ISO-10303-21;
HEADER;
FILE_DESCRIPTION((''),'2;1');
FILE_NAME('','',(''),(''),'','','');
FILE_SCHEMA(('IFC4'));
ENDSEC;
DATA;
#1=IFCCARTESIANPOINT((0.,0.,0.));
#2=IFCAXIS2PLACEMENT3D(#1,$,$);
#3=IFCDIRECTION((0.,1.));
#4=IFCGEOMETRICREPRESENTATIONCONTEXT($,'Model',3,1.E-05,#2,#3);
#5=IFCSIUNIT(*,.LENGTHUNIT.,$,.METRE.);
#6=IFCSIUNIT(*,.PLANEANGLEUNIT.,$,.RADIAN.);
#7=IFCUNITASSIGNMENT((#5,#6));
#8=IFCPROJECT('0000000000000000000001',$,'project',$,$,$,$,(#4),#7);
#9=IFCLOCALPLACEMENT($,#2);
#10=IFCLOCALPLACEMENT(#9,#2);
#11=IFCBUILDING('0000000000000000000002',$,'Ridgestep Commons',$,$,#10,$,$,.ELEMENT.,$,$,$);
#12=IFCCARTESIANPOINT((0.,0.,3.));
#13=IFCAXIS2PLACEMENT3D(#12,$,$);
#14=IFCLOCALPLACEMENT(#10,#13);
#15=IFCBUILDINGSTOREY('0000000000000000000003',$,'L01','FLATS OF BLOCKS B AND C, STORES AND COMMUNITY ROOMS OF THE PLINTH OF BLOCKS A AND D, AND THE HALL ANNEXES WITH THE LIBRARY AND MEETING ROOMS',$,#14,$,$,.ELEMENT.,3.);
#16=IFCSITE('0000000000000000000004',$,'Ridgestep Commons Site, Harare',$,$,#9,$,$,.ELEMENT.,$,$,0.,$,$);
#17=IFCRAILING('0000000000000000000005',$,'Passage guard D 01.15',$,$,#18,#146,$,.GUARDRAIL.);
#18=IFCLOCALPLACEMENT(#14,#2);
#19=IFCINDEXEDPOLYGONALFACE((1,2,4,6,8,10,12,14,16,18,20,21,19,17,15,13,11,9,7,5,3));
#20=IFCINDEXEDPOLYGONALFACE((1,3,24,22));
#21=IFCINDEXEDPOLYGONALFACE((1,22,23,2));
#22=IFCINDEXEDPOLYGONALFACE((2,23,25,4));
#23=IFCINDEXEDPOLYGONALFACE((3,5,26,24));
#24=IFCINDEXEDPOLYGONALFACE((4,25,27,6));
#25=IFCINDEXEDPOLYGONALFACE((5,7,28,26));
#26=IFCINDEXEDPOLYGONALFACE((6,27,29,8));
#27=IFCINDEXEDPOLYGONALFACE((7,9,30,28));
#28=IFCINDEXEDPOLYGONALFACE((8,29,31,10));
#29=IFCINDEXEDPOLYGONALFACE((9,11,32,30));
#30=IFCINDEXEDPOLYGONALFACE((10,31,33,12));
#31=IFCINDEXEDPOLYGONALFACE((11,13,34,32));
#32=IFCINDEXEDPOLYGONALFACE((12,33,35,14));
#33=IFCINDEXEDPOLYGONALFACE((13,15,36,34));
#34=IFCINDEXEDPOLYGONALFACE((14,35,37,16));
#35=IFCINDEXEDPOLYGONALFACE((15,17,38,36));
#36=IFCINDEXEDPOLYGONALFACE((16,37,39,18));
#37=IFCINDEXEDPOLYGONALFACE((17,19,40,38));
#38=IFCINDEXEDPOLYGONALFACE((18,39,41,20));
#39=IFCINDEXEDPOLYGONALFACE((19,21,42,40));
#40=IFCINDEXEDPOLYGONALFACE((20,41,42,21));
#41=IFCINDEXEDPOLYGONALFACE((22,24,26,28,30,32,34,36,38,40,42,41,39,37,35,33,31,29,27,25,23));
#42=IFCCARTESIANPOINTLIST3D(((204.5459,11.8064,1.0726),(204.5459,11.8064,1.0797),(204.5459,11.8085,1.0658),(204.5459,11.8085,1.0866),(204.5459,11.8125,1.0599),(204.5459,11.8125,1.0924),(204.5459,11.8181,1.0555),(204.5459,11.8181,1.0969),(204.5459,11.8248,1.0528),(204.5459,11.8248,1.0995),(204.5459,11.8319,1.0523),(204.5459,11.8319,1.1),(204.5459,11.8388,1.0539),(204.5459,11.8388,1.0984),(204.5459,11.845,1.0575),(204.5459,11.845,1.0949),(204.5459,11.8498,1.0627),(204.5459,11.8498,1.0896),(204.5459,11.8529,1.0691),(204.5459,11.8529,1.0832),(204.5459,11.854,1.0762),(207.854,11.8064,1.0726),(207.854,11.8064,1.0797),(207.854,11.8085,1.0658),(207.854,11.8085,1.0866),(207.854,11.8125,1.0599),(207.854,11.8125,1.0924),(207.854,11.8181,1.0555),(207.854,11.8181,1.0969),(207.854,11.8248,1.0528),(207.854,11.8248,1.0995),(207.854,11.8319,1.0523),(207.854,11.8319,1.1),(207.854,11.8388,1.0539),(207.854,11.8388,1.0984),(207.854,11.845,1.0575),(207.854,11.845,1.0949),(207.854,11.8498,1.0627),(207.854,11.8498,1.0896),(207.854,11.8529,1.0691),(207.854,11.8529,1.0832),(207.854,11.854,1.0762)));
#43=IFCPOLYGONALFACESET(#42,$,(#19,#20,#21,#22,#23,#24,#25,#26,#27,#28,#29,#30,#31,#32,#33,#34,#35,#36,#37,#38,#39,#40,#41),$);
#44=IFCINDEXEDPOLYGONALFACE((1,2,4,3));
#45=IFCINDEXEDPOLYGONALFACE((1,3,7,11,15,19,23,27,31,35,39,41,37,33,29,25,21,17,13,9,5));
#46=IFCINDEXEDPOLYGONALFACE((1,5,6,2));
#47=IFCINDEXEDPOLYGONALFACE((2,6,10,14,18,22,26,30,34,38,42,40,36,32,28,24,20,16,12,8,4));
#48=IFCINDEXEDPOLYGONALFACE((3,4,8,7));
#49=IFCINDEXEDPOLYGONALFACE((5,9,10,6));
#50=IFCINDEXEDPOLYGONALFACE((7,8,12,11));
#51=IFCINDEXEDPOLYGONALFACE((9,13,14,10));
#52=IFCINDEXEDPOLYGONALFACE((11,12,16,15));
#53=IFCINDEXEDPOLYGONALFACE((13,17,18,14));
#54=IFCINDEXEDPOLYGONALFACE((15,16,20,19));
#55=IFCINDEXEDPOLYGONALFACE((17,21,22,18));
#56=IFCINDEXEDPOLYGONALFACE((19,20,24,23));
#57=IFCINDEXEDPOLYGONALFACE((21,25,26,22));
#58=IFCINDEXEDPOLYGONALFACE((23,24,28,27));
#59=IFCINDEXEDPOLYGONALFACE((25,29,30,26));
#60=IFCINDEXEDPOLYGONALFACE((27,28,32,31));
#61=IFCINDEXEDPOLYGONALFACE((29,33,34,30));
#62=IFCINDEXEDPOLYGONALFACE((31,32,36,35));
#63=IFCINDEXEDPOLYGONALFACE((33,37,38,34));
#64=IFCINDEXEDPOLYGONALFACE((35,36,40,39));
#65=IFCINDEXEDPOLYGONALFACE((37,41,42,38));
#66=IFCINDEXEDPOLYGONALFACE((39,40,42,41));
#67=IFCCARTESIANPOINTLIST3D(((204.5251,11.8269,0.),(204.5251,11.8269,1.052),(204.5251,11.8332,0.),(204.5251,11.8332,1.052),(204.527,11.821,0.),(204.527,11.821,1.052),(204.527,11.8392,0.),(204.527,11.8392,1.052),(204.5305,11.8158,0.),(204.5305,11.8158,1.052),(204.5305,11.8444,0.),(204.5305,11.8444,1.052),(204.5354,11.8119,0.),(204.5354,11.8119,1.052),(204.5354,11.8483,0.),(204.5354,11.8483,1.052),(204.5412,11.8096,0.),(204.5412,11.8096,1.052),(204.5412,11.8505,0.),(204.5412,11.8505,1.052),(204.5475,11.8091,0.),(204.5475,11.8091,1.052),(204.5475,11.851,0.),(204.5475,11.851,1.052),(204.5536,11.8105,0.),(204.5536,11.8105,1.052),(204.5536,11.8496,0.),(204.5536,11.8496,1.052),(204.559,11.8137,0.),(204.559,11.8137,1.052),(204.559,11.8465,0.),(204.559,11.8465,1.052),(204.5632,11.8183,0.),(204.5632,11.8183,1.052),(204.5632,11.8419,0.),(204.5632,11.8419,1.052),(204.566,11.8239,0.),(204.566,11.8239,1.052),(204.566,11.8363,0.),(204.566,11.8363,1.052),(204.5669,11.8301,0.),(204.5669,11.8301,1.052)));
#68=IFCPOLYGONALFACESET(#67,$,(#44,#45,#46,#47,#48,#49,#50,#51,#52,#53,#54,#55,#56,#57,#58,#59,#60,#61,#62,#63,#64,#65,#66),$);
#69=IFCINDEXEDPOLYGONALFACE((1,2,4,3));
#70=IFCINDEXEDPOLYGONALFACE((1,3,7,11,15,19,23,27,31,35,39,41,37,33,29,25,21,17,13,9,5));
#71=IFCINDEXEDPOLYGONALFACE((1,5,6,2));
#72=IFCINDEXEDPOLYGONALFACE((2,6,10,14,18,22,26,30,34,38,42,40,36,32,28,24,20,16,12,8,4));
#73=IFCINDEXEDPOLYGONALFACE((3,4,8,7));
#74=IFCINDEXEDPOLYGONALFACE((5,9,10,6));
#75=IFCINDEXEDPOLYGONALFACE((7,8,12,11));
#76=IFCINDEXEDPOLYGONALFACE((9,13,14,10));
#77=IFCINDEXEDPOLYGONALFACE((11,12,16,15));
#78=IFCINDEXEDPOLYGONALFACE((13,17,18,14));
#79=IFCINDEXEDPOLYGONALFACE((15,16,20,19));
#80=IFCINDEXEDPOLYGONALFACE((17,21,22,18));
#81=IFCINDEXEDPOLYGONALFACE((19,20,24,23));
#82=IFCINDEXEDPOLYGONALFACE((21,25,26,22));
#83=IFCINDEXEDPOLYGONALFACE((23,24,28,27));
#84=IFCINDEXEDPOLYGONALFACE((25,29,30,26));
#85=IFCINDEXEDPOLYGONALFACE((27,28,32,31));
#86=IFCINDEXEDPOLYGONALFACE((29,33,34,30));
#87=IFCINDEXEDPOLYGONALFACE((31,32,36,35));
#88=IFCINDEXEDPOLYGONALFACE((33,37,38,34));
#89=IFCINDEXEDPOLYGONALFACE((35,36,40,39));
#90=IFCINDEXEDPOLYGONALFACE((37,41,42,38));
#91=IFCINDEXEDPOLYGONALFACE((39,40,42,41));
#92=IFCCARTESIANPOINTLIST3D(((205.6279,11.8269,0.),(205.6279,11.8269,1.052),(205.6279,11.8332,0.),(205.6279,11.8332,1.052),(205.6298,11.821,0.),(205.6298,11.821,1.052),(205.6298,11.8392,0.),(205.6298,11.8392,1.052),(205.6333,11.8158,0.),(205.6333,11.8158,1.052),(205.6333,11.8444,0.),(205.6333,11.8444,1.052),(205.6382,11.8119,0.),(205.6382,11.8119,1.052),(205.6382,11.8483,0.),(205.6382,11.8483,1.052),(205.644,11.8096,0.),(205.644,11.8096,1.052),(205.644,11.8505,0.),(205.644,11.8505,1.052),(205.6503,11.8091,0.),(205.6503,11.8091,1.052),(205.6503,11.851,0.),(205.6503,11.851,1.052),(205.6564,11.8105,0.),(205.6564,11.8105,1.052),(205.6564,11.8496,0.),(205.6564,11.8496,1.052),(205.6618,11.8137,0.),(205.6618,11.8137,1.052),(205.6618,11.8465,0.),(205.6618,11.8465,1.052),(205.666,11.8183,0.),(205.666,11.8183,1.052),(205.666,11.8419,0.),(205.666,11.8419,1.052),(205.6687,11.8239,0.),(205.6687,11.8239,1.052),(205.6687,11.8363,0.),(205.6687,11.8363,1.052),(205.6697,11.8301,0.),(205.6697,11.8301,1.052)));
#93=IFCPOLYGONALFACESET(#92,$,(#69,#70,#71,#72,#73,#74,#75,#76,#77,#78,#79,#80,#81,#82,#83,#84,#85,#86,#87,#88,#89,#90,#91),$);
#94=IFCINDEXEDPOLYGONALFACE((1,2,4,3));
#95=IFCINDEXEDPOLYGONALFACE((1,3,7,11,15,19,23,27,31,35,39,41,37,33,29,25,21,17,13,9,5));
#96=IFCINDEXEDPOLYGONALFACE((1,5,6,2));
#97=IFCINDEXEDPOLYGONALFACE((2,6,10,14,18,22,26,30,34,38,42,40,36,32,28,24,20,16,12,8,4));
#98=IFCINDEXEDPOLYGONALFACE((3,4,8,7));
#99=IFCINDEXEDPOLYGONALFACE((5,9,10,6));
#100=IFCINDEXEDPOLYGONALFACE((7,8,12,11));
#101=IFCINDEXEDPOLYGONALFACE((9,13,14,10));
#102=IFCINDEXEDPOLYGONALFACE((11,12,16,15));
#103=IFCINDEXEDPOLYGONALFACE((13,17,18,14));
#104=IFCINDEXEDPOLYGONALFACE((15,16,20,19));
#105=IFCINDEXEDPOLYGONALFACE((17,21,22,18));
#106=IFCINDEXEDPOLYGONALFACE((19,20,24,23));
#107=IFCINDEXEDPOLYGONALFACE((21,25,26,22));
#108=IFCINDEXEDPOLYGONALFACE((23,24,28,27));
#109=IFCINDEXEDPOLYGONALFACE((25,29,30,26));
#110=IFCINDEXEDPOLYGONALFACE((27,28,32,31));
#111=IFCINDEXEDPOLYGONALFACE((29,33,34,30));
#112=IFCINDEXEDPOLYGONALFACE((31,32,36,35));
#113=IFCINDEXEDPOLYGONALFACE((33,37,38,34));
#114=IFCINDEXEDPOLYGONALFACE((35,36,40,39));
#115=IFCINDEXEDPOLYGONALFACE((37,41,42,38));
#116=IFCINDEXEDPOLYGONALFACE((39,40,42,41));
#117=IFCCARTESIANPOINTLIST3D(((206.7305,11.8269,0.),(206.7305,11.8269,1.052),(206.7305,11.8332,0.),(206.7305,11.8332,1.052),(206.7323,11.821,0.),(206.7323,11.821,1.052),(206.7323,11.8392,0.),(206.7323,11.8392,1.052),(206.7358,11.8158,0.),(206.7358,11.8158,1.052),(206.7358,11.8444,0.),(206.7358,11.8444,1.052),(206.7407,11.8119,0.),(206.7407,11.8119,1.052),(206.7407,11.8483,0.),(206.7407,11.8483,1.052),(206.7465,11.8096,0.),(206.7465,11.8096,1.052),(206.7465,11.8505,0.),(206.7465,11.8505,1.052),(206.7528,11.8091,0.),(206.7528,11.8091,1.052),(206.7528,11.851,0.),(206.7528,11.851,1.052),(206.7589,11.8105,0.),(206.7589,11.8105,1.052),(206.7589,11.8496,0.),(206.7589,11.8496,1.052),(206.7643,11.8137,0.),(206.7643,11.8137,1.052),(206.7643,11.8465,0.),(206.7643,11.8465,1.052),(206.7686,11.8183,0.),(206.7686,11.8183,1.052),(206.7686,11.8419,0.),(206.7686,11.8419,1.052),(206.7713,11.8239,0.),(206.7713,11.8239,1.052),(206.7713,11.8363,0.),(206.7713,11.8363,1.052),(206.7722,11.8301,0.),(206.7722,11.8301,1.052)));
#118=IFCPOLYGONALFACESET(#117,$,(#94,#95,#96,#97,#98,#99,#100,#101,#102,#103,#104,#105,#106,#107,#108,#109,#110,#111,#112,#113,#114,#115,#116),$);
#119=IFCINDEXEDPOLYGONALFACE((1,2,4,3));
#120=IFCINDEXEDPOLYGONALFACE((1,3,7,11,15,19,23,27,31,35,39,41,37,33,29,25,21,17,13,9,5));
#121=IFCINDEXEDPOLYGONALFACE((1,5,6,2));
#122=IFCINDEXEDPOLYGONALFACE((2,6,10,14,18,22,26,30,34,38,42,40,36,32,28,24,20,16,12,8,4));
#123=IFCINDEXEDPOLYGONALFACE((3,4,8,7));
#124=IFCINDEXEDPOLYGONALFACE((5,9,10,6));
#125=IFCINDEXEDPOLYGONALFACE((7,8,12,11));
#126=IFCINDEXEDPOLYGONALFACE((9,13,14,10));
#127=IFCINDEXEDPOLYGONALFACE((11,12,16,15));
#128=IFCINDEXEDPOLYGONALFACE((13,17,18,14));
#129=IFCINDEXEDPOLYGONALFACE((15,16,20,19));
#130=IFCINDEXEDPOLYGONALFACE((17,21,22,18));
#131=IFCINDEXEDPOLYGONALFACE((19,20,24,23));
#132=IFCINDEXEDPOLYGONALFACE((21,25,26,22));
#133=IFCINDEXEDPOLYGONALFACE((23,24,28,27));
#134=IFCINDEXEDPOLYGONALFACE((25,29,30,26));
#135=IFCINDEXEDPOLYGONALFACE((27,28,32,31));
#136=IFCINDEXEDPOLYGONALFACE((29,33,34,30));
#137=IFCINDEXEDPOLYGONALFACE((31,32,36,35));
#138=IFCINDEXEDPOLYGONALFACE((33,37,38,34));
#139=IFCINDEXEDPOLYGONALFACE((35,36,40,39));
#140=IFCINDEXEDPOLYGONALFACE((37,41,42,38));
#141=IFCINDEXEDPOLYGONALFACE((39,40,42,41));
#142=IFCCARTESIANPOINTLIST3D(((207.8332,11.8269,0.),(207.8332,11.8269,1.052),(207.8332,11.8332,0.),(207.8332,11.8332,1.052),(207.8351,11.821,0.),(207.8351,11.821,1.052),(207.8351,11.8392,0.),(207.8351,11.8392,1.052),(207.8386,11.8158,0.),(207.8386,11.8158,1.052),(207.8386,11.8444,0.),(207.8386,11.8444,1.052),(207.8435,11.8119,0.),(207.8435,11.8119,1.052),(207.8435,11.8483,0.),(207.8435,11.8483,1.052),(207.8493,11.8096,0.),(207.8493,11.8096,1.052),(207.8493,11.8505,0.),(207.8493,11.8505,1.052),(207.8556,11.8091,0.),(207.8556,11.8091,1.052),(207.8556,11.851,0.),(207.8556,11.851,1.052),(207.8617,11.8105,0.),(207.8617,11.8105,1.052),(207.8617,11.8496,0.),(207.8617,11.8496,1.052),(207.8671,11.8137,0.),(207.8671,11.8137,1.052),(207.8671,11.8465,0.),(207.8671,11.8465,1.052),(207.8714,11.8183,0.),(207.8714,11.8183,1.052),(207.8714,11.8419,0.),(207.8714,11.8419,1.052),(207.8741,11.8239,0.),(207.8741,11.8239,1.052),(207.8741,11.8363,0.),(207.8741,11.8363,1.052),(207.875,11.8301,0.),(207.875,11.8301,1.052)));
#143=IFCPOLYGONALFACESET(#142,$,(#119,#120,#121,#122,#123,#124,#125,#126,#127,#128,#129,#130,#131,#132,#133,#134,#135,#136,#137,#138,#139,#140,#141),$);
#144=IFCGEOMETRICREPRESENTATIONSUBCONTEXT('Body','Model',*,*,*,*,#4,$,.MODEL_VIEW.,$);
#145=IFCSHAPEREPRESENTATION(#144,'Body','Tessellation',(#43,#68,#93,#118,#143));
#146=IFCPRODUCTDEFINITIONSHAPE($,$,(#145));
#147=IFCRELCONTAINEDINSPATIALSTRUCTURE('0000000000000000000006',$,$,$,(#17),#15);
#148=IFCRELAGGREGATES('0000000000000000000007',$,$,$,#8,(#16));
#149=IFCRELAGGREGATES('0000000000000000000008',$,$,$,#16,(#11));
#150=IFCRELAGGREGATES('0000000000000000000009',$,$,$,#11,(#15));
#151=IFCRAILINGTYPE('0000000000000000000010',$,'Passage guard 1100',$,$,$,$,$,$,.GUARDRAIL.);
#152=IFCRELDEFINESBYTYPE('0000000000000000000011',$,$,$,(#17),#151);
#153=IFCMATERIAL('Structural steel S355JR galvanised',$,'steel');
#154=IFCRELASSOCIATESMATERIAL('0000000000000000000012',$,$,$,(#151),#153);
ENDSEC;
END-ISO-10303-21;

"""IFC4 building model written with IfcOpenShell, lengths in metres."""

from ifc_helpers import new_model, si_unit, direction, frame, origin, origin_2d, place, context, subcontext, project, spatial, circle, extrude, material, type_object, element, save


model = new_model("IFC4")

# Units and contexts
model_context = context("Model", 3, precision=1e-05, world=origin(), true_north=direction((0.0, 1.0)))
body_context = subcontext(model_context, "Body", "Model", "MODEL_VIEW")
ifc_project = project(units=[si_unit("LENGTHUNIT", "METRE"), si_unit("PLANEANGLEUNIT", "RADIAN")], contexts=[model_context])

# Site, building, storey
site_placement = place(None, origin())
site = spatial("IfcSite", under=ifc_project, at=site_placement, Name="Ridgestep Commons Site, Harare", CompositionType="ELEMENT", RefElevation=0.0)
building_placement = place(site_placement, origin())
building = spatial("IfcBuilding", under=site, at=building_placement, Name="Ridgestep Commons", CompositionType="ELEMENT")
storey_placement = place(building_placement, frame((0.0, 0.0, 3.0)))
storey = spatial("IfcBuildingStorey", under=building, at=storey_placement, Name="L01", Description="FLATS OF BLOCKS B AND C, STORES AND COMMUNITY ROOMS OF THE PLINTH OF BLOCKS A AND D, AND THE HALL ANNEXES WITH THE LIBRARY AND MEETING ROOMS", CompositionType="ELEMENT", Elevation=3.0)

# Railing
ifc_material_1 = material(Name="Structural steel S355JR galvanised", Category="steel")
railing_type = type_object("IfcRailingType", Name="Passage guard 1100", PredefinedType="GUARDRAIL", material=ifc_material_1)
railing_placement = place(storey_placement, frame((204.5459, 11.8301, 0.0)))
element("IfcRailing", 1, at=railing_placement, inside=storey, type_object=railing_type, Name="Passage guard D 01.15", PredefinedType="GUARDRAIL", context=body_context, shape_type="SweptSolid", body=[
    extrude(circle(Radius=0.0239, at=origin_2d()), frame((0.0, 0.0, 1.0762), z_axis=(1.0, 0.0, 0.0), x_axis=(0.0, 1.0, 0.0)), (0.0, 0.0, 1.0), 3.3081),
    extrude(circle(Radius=0.021, at=origin_2d()), origin(), (0.0, 0.0, 1.0), 1.052),
    extrude(circle(Radius=0.021, at=origin_2d()), frame((1.1028, 0.0, 0.0)), (0.0, 0.0, 1.0), 1.052),
    extrude(circle(Radius=0.021, at=origin_2d()), frame((2.2053, 0.0, 0.0)), (0.0, 0.0, 1.0), 1.052),
    extrude(circle(Radius=0.021, at=origin_2d()), frame((3.3081, 0.0, 0.0)), (0.0, 0.0, 1.0), 1.052),
])

save(model, "model.ifc")
